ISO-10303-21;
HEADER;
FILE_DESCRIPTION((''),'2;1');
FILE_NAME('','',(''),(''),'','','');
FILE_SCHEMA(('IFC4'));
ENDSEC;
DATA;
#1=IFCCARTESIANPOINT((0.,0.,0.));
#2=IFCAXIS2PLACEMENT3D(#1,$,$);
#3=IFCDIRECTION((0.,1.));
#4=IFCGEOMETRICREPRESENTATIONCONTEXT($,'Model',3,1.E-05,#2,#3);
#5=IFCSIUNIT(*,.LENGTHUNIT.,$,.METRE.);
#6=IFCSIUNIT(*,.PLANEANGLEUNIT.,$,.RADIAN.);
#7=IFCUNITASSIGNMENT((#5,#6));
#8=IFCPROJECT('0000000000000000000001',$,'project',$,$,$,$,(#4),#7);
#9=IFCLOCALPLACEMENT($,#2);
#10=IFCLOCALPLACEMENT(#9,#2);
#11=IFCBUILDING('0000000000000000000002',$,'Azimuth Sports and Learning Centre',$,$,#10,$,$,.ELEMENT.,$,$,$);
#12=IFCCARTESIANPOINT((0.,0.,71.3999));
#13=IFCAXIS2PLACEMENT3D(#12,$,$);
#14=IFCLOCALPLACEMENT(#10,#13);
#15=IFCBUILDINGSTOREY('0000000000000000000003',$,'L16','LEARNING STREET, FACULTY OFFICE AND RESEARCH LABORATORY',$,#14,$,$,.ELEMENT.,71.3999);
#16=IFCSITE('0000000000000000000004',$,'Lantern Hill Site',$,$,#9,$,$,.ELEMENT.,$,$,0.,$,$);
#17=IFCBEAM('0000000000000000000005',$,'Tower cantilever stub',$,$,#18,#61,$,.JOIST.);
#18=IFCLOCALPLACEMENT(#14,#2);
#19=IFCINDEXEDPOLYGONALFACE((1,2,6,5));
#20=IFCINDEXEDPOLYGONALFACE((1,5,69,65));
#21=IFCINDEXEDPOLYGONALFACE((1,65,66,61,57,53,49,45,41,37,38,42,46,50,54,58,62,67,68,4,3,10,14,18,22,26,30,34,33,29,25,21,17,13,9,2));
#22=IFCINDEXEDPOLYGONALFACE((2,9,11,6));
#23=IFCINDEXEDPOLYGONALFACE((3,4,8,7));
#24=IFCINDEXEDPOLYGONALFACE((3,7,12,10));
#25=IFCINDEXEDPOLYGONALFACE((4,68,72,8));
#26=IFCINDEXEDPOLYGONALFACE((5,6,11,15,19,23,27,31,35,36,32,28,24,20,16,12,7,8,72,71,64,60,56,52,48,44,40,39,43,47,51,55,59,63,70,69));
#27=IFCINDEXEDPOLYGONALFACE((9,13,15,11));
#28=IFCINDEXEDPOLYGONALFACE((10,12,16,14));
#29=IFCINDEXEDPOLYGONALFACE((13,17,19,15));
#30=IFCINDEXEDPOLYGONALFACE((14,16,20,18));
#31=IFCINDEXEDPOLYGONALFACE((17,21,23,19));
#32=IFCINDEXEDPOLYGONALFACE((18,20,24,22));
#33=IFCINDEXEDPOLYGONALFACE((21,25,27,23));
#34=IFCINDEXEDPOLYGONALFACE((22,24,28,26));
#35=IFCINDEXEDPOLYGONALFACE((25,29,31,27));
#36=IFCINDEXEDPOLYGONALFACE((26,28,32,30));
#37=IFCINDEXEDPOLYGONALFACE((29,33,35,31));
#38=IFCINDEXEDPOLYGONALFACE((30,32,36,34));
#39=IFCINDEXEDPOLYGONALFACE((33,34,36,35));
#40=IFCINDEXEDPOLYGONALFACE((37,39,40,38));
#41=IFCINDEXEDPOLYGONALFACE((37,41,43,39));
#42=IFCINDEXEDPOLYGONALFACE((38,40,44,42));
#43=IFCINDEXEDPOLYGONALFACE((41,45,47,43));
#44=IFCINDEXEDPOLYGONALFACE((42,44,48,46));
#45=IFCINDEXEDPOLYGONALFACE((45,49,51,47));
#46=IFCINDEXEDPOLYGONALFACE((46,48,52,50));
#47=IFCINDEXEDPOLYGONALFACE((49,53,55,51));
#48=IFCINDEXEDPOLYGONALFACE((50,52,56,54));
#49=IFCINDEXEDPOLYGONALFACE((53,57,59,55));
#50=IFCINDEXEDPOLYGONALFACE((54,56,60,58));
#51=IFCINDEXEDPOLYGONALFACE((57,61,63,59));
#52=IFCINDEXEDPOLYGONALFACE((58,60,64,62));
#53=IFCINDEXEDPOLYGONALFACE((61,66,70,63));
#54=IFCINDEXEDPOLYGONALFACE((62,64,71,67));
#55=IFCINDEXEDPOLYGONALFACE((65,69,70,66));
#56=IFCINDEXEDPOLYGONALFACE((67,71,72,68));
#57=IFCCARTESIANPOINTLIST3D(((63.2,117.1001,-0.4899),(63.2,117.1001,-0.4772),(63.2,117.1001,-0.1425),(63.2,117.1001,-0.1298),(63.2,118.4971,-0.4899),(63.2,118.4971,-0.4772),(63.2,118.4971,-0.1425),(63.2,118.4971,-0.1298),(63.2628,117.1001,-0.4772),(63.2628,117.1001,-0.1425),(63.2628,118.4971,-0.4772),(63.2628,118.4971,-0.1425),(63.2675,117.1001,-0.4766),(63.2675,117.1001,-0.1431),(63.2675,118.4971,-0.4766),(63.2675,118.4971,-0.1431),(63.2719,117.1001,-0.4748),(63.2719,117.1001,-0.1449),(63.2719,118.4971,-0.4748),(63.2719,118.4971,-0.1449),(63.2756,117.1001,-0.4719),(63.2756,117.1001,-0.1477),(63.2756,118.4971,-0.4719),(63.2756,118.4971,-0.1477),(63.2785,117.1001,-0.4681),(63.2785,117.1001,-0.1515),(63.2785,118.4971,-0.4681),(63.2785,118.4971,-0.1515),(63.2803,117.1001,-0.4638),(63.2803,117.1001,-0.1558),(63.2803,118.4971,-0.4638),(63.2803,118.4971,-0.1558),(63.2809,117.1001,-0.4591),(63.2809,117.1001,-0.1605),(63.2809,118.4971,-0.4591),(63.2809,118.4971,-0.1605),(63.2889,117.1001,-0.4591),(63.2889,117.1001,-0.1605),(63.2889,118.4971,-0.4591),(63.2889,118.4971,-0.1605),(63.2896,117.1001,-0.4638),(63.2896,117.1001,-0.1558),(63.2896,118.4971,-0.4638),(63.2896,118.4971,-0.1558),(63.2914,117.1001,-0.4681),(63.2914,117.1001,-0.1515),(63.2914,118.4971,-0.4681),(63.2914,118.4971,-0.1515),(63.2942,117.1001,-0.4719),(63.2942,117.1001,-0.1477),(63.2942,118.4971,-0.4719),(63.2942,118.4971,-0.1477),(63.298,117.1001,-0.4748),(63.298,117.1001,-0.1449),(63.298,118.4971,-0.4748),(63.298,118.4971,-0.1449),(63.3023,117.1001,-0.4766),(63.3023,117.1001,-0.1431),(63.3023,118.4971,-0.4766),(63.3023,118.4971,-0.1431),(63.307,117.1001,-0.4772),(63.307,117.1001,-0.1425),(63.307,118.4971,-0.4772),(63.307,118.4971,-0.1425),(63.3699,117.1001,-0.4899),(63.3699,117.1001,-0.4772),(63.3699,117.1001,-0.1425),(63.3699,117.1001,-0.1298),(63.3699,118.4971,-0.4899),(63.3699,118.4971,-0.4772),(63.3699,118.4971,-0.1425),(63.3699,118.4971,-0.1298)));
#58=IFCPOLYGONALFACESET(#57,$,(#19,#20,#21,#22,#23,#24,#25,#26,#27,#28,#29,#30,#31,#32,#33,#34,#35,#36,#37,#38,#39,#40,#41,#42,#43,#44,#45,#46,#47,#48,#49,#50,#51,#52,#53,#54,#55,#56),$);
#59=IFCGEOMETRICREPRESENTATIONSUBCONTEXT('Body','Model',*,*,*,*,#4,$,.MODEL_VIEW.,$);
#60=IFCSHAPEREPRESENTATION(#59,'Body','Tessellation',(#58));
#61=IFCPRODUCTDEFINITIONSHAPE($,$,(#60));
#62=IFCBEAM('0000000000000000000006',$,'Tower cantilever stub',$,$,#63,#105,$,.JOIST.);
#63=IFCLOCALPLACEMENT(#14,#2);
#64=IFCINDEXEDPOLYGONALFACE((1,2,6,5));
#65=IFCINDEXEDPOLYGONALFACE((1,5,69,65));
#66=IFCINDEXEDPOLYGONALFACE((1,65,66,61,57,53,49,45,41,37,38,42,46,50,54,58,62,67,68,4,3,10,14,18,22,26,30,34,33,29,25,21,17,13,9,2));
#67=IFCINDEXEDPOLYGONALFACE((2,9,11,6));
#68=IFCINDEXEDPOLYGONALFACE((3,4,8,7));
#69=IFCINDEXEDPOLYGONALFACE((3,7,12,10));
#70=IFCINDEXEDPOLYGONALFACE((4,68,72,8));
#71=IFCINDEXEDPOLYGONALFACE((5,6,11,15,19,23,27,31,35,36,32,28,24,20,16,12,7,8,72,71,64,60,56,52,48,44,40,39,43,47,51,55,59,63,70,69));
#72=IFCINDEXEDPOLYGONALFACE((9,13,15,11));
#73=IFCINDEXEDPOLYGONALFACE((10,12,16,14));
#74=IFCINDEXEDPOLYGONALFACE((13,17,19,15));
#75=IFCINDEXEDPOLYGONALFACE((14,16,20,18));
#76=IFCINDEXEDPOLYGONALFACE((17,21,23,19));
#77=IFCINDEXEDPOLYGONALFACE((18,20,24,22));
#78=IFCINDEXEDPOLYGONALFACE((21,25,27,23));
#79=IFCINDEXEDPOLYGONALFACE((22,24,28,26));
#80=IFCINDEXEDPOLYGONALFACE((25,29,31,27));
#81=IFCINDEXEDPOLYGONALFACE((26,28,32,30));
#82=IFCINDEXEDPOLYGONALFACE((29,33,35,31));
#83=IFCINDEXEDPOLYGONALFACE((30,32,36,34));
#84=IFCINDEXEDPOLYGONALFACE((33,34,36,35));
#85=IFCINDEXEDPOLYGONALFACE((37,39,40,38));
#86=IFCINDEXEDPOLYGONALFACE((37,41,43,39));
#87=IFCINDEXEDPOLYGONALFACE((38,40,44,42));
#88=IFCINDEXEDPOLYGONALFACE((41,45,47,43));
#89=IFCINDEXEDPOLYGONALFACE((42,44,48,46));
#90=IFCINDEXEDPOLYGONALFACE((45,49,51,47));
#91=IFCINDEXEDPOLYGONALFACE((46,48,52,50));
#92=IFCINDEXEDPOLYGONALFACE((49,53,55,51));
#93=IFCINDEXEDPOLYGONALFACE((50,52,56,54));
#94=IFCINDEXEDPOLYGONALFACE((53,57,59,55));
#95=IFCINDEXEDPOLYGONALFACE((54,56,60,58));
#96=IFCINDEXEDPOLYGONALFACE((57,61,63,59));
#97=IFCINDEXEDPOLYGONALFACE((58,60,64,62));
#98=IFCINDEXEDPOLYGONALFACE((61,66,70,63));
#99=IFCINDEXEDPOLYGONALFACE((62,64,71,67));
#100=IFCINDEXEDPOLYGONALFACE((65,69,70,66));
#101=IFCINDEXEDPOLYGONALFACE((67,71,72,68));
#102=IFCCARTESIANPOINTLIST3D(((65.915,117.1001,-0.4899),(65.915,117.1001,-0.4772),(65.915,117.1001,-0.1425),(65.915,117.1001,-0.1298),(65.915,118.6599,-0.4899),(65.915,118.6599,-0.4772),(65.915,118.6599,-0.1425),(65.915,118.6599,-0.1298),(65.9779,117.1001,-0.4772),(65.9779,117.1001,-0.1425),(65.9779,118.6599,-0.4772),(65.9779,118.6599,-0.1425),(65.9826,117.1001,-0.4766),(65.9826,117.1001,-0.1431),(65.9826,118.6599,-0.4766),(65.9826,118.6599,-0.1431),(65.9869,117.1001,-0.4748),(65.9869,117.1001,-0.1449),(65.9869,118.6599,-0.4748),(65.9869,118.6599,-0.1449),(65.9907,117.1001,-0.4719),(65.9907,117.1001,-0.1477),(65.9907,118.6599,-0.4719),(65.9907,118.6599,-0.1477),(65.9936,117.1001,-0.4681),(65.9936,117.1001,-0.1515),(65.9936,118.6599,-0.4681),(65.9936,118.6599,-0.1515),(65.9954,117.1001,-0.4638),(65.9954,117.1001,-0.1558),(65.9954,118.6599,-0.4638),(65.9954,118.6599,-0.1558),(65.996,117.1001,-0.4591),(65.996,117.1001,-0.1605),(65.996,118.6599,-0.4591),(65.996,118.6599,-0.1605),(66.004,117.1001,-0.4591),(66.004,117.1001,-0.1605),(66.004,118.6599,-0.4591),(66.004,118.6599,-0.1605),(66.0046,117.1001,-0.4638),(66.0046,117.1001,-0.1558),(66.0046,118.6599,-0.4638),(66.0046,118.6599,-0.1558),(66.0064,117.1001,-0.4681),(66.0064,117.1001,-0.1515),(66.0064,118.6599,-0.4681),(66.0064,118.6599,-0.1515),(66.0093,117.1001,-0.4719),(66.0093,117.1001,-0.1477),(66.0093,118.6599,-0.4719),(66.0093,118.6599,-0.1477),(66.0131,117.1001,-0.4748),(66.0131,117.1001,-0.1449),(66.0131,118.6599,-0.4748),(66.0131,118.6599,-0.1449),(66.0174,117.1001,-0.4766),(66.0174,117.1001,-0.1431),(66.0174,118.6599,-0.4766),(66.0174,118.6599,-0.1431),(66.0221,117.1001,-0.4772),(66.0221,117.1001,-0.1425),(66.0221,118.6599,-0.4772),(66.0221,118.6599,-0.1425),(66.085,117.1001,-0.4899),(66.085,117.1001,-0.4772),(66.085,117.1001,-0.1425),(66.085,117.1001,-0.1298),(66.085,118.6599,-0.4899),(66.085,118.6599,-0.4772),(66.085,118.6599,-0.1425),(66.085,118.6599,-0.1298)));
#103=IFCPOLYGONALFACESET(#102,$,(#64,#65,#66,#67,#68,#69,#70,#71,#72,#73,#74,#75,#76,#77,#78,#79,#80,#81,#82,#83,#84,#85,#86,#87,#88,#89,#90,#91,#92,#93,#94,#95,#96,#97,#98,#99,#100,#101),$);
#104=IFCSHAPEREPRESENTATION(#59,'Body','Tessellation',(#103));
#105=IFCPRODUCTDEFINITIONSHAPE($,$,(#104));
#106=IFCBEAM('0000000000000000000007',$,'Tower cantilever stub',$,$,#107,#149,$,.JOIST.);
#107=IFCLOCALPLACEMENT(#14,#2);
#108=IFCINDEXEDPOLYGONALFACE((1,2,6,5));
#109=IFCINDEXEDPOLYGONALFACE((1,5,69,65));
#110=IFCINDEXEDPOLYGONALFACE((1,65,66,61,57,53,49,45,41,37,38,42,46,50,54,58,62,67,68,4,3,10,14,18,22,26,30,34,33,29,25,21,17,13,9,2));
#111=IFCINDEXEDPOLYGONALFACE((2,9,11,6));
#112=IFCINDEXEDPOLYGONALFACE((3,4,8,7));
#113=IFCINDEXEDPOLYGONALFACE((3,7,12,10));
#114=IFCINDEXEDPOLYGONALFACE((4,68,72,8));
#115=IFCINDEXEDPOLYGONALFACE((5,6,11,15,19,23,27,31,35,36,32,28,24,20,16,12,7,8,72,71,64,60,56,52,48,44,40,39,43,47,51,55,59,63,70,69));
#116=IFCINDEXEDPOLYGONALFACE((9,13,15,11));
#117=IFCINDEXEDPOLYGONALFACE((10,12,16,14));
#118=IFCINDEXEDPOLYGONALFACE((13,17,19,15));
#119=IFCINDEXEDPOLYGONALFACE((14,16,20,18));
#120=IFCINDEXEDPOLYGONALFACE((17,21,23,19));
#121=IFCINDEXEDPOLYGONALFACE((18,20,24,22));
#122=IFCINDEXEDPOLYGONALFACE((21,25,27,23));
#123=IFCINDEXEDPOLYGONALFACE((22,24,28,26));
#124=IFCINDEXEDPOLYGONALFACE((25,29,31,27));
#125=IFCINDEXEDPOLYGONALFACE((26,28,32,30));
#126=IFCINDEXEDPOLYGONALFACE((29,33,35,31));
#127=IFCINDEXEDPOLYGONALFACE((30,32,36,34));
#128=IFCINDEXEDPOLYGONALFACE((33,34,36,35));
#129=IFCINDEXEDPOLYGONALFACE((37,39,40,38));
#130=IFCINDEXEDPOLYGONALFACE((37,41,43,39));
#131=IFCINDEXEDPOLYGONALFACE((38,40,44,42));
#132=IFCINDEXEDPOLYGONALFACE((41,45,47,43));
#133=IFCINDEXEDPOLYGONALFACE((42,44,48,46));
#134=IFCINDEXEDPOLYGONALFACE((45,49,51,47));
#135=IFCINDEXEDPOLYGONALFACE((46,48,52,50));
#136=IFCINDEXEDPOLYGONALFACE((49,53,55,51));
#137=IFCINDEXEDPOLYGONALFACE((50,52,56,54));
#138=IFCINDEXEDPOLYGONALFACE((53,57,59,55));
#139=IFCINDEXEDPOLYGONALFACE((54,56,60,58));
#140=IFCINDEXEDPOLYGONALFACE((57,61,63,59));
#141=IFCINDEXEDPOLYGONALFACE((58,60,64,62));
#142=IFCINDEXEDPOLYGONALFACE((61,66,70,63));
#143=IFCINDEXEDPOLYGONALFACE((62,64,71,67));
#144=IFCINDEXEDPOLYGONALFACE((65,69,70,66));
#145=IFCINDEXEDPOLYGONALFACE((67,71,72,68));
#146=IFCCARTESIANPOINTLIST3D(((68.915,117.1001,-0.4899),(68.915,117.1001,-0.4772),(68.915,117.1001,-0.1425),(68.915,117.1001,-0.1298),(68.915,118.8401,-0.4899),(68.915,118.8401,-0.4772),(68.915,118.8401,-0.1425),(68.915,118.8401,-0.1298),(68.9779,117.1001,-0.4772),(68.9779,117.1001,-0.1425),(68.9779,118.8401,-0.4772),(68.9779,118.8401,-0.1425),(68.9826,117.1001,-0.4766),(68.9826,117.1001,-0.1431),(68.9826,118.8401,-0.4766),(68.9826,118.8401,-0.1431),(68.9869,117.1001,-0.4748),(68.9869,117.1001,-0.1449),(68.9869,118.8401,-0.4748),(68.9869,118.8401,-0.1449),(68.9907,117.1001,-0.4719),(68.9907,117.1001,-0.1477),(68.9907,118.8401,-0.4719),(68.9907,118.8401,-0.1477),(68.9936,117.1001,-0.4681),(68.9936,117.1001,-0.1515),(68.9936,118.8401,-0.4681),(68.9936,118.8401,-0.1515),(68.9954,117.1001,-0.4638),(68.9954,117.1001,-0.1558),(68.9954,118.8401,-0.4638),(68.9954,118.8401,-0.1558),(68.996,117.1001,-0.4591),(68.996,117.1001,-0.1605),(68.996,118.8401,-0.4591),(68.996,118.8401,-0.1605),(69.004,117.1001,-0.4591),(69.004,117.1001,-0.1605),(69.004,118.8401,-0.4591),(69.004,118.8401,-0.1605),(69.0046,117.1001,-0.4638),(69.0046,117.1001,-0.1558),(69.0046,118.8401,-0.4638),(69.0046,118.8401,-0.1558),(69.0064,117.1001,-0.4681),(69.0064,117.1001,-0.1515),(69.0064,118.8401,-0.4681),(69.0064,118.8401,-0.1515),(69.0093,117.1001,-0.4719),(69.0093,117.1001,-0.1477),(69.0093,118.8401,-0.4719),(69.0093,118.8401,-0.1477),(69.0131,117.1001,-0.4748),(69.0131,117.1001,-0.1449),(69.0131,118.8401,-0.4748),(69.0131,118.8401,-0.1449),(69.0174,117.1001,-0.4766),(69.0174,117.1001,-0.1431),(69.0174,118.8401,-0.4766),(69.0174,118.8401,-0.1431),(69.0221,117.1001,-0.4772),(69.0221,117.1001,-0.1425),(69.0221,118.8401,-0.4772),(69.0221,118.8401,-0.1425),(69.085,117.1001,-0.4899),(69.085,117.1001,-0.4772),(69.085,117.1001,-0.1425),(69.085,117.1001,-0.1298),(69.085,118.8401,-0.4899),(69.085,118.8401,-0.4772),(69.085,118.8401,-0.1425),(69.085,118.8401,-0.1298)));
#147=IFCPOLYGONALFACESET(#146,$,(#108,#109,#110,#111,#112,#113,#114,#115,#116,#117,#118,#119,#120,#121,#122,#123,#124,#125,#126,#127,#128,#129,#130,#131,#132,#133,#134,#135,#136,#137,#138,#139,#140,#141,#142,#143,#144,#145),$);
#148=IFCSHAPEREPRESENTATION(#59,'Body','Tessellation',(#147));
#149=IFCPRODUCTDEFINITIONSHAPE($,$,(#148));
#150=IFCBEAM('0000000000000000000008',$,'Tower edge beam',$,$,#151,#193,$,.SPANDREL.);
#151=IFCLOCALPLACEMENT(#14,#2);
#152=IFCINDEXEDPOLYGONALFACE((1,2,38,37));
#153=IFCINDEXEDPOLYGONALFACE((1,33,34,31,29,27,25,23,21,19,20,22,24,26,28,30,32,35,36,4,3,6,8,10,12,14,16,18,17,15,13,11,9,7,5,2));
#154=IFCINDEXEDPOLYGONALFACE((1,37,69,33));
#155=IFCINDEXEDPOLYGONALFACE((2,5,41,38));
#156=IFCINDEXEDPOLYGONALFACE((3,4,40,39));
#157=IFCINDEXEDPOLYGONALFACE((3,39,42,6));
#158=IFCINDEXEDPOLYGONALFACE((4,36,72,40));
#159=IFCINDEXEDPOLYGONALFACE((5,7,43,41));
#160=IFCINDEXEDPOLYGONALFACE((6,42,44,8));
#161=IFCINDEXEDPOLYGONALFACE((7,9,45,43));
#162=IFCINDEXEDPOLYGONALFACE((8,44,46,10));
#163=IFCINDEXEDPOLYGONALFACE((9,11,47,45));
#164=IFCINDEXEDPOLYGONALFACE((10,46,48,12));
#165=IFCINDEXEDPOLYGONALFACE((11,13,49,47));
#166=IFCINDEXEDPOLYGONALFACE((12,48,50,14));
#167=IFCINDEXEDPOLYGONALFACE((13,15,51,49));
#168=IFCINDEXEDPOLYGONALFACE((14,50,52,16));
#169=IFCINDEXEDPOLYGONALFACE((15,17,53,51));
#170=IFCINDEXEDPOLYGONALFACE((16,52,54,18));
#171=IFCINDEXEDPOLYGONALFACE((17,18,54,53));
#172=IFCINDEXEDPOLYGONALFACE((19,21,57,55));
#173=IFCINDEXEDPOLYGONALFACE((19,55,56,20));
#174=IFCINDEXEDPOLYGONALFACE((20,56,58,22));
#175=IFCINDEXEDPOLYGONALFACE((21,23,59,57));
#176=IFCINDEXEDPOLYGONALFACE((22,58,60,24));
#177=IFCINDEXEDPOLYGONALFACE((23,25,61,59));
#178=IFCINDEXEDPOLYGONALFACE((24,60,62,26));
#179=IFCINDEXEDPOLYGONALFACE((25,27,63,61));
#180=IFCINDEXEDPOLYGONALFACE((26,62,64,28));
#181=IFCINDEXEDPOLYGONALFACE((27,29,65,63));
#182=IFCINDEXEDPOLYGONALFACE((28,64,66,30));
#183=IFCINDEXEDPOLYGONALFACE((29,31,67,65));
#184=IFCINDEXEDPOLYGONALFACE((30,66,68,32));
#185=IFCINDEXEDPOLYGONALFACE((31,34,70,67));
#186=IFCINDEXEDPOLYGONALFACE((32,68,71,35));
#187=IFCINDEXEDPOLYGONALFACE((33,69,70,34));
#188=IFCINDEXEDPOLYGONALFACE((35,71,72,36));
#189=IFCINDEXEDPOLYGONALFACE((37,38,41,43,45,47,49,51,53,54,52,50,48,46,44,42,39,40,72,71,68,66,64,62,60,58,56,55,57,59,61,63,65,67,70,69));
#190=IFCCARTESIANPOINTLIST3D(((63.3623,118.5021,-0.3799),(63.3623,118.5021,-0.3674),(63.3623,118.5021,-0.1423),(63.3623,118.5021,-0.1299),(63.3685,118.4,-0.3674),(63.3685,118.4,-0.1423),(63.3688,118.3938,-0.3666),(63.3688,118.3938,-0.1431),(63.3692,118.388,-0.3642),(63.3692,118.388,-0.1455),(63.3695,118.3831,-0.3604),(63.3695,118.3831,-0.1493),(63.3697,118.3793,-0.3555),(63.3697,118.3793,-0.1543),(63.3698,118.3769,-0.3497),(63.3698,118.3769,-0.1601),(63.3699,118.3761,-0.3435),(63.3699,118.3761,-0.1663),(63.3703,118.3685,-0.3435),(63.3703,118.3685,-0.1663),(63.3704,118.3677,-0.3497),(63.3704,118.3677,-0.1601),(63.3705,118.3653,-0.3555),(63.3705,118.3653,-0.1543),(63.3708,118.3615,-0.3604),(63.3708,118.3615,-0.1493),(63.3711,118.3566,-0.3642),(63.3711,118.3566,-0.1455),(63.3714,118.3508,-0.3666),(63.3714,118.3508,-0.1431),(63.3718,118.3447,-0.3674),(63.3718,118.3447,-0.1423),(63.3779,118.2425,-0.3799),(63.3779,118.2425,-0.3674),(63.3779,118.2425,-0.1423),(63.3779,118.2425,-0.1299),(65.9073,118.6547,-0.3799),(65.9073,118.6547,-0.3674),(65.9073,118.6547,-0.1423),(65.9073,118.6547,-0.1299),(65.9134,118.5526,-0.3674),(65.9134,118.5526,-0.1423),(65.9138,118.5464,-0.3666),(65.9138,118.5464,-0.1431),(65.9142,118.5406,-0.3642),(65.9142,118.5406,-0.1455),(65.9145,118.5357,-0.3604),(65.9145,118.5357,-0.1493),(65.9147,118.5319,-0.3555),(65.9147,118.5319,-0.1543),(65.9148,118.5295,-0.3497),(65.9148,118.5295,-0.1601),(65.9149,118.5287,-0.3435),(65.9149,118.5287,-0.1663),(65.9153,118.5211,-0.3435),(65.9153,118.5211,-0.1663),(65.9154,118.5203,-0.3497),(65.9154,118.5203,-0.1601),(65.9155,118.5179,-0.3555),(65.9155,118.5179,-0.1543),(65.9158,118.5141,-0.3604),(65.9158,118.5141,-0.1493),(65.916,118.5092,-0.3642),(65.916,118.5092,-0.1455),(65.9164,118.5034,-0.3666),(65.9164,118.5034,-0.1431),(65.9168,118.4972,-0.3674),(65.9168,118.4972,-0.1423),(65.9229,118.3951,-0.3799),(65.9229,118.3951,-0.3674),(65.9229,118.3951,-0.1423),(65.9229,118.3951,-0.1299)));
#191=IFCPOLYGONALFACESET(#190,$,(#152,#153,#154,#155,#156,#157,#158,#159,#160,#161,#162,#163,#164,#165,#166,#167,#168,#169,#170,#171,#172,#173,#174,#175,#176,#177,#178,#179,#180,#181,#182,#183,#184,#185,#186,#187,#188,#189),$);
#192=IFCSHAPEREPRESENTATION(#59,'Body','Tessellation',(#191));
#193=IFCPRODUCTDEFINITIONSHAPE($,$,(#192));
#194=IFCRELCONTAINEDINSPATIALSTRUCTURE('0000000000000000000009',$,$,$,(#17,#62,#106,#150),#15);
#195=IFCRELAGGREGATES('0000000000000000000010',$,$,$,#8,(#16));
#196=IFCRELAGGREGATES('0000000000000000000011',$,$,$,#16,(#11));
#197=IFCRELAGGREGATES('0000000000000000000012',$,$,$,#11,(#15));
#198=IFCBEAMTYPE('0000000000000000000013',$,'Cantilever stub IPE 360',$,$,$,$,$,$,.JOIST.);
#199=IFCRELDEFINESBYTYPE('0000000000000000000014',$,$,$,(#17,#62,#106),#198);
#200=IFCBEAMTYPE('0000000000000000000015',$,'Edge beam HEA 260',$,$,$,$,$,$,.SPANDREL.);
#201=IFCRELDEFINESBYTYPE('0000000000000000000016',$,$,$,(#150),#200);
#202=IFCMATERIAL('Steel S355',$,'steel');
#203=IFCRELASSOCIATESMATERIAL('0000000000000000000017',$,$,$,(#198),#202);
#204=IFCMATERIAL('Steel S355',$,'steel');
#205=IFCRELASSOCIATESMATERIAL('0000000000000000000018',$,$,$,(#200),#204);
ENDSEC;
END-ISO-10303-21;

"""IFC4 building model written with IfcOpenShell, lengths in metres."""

from ifc_helpers import new_model, si_unit, direction, frame, origin, origin_2d, place, context, subcontext, project, spatial, i_section, extrude, material, material_profile, profile_set, type_object, element, save


model = new_model("IFC4")

# Units and contexts
model_context = context("Model", 3, precision=1e-05, world=origin(), true_north=direction((0.0, 1.0)))
body_context = subcontext(model_context, "Body", "Model", "MODEL_VIEW")
ifc_project = project(units=[si_unit("LENGTHUNIT", "METRE"), si_unit("PLANEANGLEUNIT", "RADIAN")], contexts=[model_context])

# Site, building, storey
site_placement = place(None, origin())
site = spatial("IfcSite", under=ifc_project, at=site_placement, Name="Lantern Hill Site", CompositionType="ELEMENT", RefElevation=0.0)
building_placement = place(site_placement, origin())
building = spatial("IfcBuilding", under=site, at=building_placement, Name="Azimuth Sports and Learning Centre", CompositionType="ELEMENT")
storey_placement = place(building_placement, frame((0.0, 0.0, 71.3999)))
storey = spatial("IfcBuildingStorey", under=building, at=storey_placement, Name="L16", Description="LEARNING STREET, FACULTY OFFICE AND RESEARCH LABORATORY", CompositionType="ELEMENT", Elevation=71.3999)

# Beams
ifc_material_1 = material(Name="Steel S355", Category="steel")
ifc_material_profile_1 = material_profile(ifc_material_1, i_section(OverallWidth=0.1699, OverallDepth=0.3601, WebThickness=0.0081, FlangeThickness=0.0127, FilletRadius=0.0181, at=origin_2d()), Name="IPE 360")
ifc_profile_set_1 = profile_set([ifc_material_profile_1], Name="Steel S355")
beam_type_1 = type_object("IfcBeamType", Name="Cantilever stub IPE 360", PredefinedType="JOIST", material=ifc_profile_set_1)
beam_1_placement = place(storey_placement, frame((63.2849, 117.1001, -0.3098), z_axis=(0.0, 1.0, 0.0), x_axis=(-1.0, 0.0, 0.0)))
element("IfcBeam", 1, at=beam_1_placement, inside=storey, type_object=beam_type_1, Name="Tower cantilever stub", PredefinedType="JOIST", context=body_context, shape_type="SweptSolid", body=[
    extrude(i_section(OverallWidth=0.1699, OverallDepth=0.3601, WebThickness=0.0081, FlangeThickness=0.0127, FilletRadius=0.0181, at=origin_2d()), origin(), (0.0, 0.0, 1.0), 1.397),
])
beam_2_placement = place(storey_placement, frame((66.0, 117.1001, -0.3098), z_axis=(0.0, 1.0, 0.0), x_axis=(-1.0, 0.0, 0.0)))
element("IfcBeam", 2, at=beam_2_placement, inside=storey, type_object=beam_type_1, Name="Tower cantilever stub", PredefinedType="JOIST", context=body_context, shape_type="SweptSolid", body=[
    extrude(i_section(OverallWidth=0.1699, OverallDepth=0.3601, WebThickness=0.0081, FlangeThickness=0.0127, FilletRadius=0.0181, at=origin_2d()), origin(), (0.0, 0.0, 1.0), 1.5598),
])
beam_3_placement = place(storey_placement, frame((69.0, 117.1001, -0.3098), z_axis=(0.0, 1.0, 0.0), x_axis=(-1.0, 0.0, 0.0)))
element("IfcBeam", 3, at=beam_3_placement, inside=storey, type_object=beam_type_1, Name="Tower cantilever stub", PredefinedType="JOIST", context=body_context, shape_type="SweptSolid", body=[
    extrude(i_section(OverallWidth=0.1699, OverallDepth=0.3601, WebThickness=0.0081, FlangeThickness=0.0127, FilletRadius=0.0181, at=origin_2d()), origin(), (0.0, 0.0, 1.0), 1.74),
])
ifc_material_2 = material(Name="Steel S355", Category="steel")
ifc_material_profile_2 = material_profile(ifc_material_2, i_section(OverallWidth=0.26, OverallDepth=0.25, WebThickness=0.0076, FlangeThickness=0.0125, FilletRadius=0.0239, at=origin_2d()), Name="HEA 260")
ifc_profile_set_2 = profile_set([ifc_material_profile_2], Name="Steel S355")
beam_type_2 = type_object("IfcBeamType", Name="Edge beam HEA 260", PredefinedType="SPANDREL", material=ifc_profile_set_2)
beam_4_placement = place(storey_placement, frame((63.3701, 118.3723, -0.2549), z_axis=(0.998207, 0.05985, 0.0), x_axis=(-0.05985, 0.998207, 0.0)))
element("IfcBeam", 4, at=beam_4_placement, inside=storey, type_object=beam_type_2, Name="Tower edge beam", PredefinedType="SPANDREL", context=body_context, shape_type="SweptSolid", body=[
    extrude(i_section(OverallWidth=0.26, OverallDepth=0.25, WebThickness=0.0076, FlangeThickness=0.0125, FilletRadius=0.0239, at=origin_2d()), origin(), (0.0, 0.0, 1.0), 2.5496),
])

save(model, "model.ifc")
